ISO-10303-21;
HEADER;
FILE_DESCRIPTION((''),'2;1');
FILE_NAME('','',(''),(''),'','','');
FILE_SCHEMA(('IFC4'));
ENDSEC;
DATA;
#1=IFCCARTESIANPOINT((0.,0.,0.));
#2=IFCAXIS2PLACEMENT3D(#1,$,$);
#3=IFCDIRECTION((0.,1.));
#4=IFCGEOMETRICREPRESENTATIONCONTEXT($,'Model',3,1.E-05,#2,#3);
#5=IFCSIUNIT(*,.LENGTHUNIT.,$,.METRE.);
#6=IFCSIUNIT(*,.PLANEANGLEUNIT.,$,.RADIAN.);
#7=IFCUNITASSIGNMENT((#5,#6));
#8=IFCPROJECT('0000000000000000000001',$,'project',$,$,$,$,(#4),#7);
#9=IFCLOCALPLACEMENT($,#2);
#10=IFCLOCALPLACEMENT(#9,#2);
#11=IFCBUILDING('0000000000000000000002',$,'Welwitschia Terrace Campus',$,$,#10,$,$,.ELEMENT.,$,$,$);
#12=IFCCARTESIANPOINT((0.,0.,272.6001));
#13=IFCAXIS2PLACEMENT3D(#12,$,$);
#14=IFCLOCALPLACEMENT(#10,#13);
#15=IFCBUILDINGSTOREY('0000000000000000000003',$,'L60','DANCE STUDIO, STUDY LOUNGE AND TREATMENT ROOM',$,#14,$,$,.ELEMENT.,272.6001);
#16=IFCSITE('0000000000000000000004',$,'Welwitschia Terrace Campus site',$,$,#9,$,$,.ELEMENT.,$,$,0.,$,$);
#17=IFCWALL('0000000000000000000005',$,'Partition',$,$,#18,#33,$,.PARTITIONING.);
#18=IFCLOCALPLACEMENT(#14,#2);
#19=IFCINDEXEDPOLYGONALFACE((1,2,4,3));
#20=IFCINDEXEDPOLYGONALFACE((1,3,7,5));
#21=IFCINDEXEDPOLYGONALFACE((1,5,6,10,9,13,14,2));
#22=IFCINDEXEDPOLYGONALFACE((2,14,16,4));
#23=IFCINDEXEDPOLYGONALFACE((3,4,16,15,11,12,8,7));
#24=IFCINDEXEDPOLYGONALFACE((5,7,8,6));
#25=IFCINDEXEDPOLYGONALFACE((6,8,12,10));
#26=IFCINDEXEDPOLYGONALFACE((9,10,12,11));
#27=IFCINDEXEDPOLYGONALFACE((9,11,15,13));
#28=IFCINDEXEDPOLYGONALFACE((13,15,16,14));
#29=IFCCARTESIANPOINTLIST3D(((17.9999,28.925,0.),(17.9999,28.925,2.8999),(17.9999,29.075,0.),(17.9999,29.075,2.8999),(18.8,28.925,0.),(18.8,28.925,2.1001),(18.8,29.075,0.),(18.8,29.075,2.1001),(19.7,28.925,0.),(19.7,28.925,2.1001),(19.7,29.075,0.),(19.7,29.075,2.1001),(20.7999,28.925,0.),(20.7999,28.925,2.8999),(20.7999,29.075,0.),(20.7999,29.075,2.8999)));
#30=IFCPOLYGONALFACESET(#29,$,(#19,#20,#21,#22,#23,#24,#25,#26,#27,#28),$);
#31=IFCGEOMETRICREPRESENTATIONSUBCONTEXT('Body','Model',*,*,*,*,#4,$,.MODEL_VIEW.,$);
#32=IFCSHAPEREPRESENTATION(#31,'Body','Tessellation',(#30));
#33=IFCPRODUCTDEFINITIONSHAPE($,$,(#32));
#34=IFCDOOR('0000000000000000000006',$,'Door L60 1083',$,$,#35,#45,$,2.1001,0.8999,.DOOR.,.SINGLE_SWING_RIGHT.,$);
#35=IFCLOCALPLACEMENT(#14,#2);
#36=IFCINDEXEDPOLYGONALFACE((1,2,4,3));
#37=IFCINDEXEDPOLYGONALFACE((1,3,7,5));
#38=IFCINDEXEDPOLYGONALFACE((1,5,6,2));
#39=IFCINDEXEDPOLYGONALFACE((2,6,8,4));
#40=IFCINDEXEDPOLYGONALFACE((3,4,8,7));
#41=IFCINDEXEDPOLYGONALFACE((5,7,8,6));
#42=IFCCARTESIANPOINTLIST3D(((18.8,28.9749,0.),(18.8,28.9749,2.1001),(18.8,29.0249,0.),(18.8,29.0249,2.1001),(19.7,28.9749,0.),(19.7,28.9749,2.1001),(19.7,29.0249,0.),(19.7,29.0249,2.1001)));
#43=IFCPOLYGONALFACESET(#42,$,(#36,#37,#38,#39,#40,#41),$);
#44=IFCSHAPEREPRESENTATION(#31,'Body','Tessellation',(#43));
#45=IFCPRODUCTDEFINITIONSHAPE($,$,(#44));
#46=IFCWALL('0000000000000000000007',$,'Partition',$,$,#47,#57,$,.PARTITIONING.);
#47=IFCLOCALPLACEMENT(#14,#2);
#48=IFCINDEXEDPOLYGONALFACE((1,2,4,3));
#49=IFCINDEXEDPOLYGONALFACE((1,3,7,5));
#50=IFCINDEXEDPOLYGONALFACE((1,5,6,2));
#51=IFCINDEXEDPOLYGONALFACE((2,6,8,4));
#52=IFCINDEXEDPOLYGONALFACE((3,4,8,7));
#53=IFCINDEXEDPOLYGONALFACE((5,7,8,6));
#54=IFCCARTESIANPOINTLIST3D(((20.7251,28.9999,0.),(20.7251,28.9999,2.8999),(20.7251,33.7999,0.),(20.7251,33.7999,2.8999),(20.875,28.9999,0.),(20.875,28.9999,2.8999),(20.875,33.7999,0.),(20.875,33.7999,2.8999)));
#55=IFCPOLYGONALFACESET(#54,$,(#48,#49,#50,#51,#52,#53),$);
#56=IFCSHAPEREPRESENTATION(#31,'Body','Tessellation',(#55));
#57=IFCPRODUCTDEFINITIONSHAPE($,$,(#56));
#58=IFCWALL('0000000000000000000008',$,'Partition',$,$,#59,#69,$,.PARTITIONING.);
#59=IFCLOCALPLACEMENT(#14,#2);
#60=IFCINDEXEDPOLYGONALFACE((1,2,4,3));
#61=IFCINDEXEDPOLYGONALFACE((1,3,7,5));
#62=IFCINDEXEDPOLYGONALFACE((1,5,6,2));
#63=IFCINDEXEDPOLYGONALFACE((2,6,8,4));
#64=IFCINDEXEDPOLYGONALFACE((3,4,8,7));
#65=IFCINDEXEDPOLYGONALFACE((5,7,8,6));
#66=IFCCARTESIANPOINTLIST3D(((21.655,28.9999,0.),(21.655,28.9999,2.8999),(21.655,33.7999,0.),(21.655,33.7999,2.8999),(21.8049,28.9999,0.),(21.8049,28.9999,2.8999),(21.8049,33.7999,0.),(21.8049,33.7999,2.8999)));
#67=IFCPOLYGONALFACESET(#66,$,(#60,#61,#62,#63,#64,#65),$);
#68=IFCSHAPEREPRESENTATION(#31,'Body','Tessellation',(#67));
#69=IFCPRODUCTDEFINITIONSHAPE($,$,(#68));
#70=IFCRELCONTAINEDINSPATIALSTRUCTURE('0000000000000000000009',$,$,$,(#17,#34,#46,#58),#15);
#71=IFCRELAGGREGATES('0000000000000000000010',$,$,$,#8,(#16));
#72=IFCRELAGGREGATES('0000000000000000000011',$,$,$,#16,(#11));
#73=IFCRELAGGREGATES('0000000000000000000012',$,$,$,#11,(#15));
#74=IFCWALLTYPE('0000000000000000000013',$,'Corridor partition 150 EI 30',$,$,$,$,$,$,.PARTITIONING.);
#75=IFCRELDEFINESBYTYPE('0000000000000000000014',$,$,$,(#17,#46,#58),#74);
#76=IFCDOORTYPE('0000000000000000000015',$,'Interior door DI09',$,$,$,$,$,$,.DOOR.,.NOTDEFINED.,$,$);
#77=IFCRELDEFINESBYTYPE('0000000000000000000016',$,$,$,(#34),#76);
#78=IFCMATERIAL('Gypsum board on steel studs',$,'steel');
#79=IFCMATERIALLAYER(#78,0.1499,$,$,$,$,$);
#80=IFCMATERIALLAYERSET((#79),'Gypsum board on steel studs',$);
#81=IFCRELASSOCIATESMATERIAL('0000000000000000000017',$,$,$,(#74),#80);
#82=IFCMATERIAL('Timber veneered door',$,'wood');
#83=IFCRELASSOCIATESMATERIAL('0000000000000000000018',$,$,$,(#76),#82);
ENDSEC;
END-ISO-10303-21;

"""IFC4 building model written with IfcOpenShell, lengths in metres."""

from ifc_helpers import new_model, si_unit, direction, frame, frame_2d, origin, place, context, subcontext, project, spatial, rectangle, extrude, material, layer, layer_set, type_object, element, fill, save


model = new_model("IFC4")

# Units and contexts
model_context = context("Model", 3, precision=1e-05, world=origin(), true_north=direction((0.0, 1.0)))
body_context = subcontext(model_context, "Body", "Model", "MODEL_VIEW")
ifc_project = project(units=[si_unit("LENGTHUNIT", "METRE"), si_unit("PLANEANGLEUNIT", "RADIAN")], contexts=[model_context])

# Site, building, storey
site_placement = place(None, origin())
site = spatial("IfcSite", under=ifc_project, at=site_placement, Name="Welwitschia Terrace Campus site", CompositionType="ELEMENT", RefElevation=0.0)
building_placement = place(site_placement, origin())
building = spatial("IfcBuilding", under=site, at=building_placement, Name="Welwitschia Terrace Campus", CompositionType="ELEMENT")
storey_placement = place(building_placement, frame((0.0, 0.0, 272.6001)))
storey = spatial("IfcBuildingStorey", under=building, at=storey_placement, Name="L60", Description="DANCE STUDIO, STUDY LOUNGE AND TREATMENT ROOM", CompositionType="ELEMENT", Elevation=272.6001)

# Shared definitions
ifc_material_1 = material(Name="Gypsum board on steel studs", Category="steel")
ifc_layer_1 = layer(ifc_material_1, 0.1499)
ifc_layer_set_1 = layer_set([ifc_layer_1], Name="Gypsum board on steel studs")
wall_type_1 = type_object("IfcWallType", Name="Corridor partition 150 EI 30", PredefinedType="PARTITIONING", material=ifc_layer_set_1)

# Shared definitions
ifc_material_2 = material(Name="Timber veneered door", Category="wood")
door_type_1 = type_object("IfcDoorType", Name="Interior door DI09", OperationType="NOTDEFINED", PredefinedType="DOOR", material=ifc_material_2)

# Wall, opening, door
wall_1_placement = place(storey_placement, frame((18.0, 29.0, 0.0), z_axis=(0.0, 0.0, 1.0), x_axis=(1.0, 0.0, 0.0)))
wall_1 = element("IfcWall", 1, at=wall_1_placement, inside=storey, type_object=wall_type_1, Name="Partition", PredefinedType="PARTITIONING", context=body_context, shape_type="SweptSolid", body=[
    extrude(rectangle(XDim=2.8, YDim=0.1499, at=frame_2d((1.3999, 0.0))), origin(), (0.0, 0.0, 1.0), 2.8999),
])
opening_1_placement = place(wall_1_placement, frame((0.8, 0.0, 0.0)))
opening_1 = element("IfcOpeningElement", 2, at=opening_1_placement, cuts=wall_1, PredefinedType="OPENING", context=body_context, shape_type="SweptSolid", body=[
    extrude(rectangle(XDim=0.8999, YDim=2.1001, at=frame_2d((0.45, 1.05))), frame((0.0, 0.085, 0.0), z_axis=(0.0, -1.0, 0.0), x_axis=(1.0, 0.0, 0.0)), (0.0, 0.0, 1.0), 0.1699),
])
door_1_placement = place(opening_1_placement, origin())
door_1 = element("IfcDoor", 3, at=door_1_placement, inside=storey, type_object=door_type_1, Name="Door L60 1083", OperationType="SINGLE_SWING_RIGHT", OverallHeight=2.1001, OverallWidth=0.8999, PredefinedType="DOOR", context=body_context, shape_type="SweptSolid", body=[
    extrude(rectangle(XDim=0.8999, YDim=2.1001, at=frame_2d((0.45, 1.05))), frame((0.0, 0.0249, 0.0), z_axis=(0.0, -1.0, 0.0), x_axis=(1.0, 0.0, 0.0)), (0.0, 0.0, 1.0), 0.05),
])
fill(opening_1, door_1)

# Walls
for number, where, z_axis, x_axis, name in (
    (4, (20.8, 29.0, 0.0), (0.0, 0.0, 1.0), (0.0, 1.0, 0.0), "Partition"),
    (5, (21.73, 29.0, 0.0), (0.0, 0.0, 1.0), (0.0, 1.0, 0.0), "Partition"),
):
    element("IfcWall", number, at=place(storey_placement, frame(where, z_axis=z_axis, x_axis=x_axis)), inside=storey, type_object=wall_type_1, Name=name, PredefinedType="PARTITIONING", context=body_context, shape_type="SweptSolid", body=[
        extrude(rectangle(XDim=4.8, YDim=0.1499, at=frame_2d((2.3999, 0.0))), origin(), (0.0, 0.0, 1.0), 2.8999),
    ])

save(model, "model.ifc")
